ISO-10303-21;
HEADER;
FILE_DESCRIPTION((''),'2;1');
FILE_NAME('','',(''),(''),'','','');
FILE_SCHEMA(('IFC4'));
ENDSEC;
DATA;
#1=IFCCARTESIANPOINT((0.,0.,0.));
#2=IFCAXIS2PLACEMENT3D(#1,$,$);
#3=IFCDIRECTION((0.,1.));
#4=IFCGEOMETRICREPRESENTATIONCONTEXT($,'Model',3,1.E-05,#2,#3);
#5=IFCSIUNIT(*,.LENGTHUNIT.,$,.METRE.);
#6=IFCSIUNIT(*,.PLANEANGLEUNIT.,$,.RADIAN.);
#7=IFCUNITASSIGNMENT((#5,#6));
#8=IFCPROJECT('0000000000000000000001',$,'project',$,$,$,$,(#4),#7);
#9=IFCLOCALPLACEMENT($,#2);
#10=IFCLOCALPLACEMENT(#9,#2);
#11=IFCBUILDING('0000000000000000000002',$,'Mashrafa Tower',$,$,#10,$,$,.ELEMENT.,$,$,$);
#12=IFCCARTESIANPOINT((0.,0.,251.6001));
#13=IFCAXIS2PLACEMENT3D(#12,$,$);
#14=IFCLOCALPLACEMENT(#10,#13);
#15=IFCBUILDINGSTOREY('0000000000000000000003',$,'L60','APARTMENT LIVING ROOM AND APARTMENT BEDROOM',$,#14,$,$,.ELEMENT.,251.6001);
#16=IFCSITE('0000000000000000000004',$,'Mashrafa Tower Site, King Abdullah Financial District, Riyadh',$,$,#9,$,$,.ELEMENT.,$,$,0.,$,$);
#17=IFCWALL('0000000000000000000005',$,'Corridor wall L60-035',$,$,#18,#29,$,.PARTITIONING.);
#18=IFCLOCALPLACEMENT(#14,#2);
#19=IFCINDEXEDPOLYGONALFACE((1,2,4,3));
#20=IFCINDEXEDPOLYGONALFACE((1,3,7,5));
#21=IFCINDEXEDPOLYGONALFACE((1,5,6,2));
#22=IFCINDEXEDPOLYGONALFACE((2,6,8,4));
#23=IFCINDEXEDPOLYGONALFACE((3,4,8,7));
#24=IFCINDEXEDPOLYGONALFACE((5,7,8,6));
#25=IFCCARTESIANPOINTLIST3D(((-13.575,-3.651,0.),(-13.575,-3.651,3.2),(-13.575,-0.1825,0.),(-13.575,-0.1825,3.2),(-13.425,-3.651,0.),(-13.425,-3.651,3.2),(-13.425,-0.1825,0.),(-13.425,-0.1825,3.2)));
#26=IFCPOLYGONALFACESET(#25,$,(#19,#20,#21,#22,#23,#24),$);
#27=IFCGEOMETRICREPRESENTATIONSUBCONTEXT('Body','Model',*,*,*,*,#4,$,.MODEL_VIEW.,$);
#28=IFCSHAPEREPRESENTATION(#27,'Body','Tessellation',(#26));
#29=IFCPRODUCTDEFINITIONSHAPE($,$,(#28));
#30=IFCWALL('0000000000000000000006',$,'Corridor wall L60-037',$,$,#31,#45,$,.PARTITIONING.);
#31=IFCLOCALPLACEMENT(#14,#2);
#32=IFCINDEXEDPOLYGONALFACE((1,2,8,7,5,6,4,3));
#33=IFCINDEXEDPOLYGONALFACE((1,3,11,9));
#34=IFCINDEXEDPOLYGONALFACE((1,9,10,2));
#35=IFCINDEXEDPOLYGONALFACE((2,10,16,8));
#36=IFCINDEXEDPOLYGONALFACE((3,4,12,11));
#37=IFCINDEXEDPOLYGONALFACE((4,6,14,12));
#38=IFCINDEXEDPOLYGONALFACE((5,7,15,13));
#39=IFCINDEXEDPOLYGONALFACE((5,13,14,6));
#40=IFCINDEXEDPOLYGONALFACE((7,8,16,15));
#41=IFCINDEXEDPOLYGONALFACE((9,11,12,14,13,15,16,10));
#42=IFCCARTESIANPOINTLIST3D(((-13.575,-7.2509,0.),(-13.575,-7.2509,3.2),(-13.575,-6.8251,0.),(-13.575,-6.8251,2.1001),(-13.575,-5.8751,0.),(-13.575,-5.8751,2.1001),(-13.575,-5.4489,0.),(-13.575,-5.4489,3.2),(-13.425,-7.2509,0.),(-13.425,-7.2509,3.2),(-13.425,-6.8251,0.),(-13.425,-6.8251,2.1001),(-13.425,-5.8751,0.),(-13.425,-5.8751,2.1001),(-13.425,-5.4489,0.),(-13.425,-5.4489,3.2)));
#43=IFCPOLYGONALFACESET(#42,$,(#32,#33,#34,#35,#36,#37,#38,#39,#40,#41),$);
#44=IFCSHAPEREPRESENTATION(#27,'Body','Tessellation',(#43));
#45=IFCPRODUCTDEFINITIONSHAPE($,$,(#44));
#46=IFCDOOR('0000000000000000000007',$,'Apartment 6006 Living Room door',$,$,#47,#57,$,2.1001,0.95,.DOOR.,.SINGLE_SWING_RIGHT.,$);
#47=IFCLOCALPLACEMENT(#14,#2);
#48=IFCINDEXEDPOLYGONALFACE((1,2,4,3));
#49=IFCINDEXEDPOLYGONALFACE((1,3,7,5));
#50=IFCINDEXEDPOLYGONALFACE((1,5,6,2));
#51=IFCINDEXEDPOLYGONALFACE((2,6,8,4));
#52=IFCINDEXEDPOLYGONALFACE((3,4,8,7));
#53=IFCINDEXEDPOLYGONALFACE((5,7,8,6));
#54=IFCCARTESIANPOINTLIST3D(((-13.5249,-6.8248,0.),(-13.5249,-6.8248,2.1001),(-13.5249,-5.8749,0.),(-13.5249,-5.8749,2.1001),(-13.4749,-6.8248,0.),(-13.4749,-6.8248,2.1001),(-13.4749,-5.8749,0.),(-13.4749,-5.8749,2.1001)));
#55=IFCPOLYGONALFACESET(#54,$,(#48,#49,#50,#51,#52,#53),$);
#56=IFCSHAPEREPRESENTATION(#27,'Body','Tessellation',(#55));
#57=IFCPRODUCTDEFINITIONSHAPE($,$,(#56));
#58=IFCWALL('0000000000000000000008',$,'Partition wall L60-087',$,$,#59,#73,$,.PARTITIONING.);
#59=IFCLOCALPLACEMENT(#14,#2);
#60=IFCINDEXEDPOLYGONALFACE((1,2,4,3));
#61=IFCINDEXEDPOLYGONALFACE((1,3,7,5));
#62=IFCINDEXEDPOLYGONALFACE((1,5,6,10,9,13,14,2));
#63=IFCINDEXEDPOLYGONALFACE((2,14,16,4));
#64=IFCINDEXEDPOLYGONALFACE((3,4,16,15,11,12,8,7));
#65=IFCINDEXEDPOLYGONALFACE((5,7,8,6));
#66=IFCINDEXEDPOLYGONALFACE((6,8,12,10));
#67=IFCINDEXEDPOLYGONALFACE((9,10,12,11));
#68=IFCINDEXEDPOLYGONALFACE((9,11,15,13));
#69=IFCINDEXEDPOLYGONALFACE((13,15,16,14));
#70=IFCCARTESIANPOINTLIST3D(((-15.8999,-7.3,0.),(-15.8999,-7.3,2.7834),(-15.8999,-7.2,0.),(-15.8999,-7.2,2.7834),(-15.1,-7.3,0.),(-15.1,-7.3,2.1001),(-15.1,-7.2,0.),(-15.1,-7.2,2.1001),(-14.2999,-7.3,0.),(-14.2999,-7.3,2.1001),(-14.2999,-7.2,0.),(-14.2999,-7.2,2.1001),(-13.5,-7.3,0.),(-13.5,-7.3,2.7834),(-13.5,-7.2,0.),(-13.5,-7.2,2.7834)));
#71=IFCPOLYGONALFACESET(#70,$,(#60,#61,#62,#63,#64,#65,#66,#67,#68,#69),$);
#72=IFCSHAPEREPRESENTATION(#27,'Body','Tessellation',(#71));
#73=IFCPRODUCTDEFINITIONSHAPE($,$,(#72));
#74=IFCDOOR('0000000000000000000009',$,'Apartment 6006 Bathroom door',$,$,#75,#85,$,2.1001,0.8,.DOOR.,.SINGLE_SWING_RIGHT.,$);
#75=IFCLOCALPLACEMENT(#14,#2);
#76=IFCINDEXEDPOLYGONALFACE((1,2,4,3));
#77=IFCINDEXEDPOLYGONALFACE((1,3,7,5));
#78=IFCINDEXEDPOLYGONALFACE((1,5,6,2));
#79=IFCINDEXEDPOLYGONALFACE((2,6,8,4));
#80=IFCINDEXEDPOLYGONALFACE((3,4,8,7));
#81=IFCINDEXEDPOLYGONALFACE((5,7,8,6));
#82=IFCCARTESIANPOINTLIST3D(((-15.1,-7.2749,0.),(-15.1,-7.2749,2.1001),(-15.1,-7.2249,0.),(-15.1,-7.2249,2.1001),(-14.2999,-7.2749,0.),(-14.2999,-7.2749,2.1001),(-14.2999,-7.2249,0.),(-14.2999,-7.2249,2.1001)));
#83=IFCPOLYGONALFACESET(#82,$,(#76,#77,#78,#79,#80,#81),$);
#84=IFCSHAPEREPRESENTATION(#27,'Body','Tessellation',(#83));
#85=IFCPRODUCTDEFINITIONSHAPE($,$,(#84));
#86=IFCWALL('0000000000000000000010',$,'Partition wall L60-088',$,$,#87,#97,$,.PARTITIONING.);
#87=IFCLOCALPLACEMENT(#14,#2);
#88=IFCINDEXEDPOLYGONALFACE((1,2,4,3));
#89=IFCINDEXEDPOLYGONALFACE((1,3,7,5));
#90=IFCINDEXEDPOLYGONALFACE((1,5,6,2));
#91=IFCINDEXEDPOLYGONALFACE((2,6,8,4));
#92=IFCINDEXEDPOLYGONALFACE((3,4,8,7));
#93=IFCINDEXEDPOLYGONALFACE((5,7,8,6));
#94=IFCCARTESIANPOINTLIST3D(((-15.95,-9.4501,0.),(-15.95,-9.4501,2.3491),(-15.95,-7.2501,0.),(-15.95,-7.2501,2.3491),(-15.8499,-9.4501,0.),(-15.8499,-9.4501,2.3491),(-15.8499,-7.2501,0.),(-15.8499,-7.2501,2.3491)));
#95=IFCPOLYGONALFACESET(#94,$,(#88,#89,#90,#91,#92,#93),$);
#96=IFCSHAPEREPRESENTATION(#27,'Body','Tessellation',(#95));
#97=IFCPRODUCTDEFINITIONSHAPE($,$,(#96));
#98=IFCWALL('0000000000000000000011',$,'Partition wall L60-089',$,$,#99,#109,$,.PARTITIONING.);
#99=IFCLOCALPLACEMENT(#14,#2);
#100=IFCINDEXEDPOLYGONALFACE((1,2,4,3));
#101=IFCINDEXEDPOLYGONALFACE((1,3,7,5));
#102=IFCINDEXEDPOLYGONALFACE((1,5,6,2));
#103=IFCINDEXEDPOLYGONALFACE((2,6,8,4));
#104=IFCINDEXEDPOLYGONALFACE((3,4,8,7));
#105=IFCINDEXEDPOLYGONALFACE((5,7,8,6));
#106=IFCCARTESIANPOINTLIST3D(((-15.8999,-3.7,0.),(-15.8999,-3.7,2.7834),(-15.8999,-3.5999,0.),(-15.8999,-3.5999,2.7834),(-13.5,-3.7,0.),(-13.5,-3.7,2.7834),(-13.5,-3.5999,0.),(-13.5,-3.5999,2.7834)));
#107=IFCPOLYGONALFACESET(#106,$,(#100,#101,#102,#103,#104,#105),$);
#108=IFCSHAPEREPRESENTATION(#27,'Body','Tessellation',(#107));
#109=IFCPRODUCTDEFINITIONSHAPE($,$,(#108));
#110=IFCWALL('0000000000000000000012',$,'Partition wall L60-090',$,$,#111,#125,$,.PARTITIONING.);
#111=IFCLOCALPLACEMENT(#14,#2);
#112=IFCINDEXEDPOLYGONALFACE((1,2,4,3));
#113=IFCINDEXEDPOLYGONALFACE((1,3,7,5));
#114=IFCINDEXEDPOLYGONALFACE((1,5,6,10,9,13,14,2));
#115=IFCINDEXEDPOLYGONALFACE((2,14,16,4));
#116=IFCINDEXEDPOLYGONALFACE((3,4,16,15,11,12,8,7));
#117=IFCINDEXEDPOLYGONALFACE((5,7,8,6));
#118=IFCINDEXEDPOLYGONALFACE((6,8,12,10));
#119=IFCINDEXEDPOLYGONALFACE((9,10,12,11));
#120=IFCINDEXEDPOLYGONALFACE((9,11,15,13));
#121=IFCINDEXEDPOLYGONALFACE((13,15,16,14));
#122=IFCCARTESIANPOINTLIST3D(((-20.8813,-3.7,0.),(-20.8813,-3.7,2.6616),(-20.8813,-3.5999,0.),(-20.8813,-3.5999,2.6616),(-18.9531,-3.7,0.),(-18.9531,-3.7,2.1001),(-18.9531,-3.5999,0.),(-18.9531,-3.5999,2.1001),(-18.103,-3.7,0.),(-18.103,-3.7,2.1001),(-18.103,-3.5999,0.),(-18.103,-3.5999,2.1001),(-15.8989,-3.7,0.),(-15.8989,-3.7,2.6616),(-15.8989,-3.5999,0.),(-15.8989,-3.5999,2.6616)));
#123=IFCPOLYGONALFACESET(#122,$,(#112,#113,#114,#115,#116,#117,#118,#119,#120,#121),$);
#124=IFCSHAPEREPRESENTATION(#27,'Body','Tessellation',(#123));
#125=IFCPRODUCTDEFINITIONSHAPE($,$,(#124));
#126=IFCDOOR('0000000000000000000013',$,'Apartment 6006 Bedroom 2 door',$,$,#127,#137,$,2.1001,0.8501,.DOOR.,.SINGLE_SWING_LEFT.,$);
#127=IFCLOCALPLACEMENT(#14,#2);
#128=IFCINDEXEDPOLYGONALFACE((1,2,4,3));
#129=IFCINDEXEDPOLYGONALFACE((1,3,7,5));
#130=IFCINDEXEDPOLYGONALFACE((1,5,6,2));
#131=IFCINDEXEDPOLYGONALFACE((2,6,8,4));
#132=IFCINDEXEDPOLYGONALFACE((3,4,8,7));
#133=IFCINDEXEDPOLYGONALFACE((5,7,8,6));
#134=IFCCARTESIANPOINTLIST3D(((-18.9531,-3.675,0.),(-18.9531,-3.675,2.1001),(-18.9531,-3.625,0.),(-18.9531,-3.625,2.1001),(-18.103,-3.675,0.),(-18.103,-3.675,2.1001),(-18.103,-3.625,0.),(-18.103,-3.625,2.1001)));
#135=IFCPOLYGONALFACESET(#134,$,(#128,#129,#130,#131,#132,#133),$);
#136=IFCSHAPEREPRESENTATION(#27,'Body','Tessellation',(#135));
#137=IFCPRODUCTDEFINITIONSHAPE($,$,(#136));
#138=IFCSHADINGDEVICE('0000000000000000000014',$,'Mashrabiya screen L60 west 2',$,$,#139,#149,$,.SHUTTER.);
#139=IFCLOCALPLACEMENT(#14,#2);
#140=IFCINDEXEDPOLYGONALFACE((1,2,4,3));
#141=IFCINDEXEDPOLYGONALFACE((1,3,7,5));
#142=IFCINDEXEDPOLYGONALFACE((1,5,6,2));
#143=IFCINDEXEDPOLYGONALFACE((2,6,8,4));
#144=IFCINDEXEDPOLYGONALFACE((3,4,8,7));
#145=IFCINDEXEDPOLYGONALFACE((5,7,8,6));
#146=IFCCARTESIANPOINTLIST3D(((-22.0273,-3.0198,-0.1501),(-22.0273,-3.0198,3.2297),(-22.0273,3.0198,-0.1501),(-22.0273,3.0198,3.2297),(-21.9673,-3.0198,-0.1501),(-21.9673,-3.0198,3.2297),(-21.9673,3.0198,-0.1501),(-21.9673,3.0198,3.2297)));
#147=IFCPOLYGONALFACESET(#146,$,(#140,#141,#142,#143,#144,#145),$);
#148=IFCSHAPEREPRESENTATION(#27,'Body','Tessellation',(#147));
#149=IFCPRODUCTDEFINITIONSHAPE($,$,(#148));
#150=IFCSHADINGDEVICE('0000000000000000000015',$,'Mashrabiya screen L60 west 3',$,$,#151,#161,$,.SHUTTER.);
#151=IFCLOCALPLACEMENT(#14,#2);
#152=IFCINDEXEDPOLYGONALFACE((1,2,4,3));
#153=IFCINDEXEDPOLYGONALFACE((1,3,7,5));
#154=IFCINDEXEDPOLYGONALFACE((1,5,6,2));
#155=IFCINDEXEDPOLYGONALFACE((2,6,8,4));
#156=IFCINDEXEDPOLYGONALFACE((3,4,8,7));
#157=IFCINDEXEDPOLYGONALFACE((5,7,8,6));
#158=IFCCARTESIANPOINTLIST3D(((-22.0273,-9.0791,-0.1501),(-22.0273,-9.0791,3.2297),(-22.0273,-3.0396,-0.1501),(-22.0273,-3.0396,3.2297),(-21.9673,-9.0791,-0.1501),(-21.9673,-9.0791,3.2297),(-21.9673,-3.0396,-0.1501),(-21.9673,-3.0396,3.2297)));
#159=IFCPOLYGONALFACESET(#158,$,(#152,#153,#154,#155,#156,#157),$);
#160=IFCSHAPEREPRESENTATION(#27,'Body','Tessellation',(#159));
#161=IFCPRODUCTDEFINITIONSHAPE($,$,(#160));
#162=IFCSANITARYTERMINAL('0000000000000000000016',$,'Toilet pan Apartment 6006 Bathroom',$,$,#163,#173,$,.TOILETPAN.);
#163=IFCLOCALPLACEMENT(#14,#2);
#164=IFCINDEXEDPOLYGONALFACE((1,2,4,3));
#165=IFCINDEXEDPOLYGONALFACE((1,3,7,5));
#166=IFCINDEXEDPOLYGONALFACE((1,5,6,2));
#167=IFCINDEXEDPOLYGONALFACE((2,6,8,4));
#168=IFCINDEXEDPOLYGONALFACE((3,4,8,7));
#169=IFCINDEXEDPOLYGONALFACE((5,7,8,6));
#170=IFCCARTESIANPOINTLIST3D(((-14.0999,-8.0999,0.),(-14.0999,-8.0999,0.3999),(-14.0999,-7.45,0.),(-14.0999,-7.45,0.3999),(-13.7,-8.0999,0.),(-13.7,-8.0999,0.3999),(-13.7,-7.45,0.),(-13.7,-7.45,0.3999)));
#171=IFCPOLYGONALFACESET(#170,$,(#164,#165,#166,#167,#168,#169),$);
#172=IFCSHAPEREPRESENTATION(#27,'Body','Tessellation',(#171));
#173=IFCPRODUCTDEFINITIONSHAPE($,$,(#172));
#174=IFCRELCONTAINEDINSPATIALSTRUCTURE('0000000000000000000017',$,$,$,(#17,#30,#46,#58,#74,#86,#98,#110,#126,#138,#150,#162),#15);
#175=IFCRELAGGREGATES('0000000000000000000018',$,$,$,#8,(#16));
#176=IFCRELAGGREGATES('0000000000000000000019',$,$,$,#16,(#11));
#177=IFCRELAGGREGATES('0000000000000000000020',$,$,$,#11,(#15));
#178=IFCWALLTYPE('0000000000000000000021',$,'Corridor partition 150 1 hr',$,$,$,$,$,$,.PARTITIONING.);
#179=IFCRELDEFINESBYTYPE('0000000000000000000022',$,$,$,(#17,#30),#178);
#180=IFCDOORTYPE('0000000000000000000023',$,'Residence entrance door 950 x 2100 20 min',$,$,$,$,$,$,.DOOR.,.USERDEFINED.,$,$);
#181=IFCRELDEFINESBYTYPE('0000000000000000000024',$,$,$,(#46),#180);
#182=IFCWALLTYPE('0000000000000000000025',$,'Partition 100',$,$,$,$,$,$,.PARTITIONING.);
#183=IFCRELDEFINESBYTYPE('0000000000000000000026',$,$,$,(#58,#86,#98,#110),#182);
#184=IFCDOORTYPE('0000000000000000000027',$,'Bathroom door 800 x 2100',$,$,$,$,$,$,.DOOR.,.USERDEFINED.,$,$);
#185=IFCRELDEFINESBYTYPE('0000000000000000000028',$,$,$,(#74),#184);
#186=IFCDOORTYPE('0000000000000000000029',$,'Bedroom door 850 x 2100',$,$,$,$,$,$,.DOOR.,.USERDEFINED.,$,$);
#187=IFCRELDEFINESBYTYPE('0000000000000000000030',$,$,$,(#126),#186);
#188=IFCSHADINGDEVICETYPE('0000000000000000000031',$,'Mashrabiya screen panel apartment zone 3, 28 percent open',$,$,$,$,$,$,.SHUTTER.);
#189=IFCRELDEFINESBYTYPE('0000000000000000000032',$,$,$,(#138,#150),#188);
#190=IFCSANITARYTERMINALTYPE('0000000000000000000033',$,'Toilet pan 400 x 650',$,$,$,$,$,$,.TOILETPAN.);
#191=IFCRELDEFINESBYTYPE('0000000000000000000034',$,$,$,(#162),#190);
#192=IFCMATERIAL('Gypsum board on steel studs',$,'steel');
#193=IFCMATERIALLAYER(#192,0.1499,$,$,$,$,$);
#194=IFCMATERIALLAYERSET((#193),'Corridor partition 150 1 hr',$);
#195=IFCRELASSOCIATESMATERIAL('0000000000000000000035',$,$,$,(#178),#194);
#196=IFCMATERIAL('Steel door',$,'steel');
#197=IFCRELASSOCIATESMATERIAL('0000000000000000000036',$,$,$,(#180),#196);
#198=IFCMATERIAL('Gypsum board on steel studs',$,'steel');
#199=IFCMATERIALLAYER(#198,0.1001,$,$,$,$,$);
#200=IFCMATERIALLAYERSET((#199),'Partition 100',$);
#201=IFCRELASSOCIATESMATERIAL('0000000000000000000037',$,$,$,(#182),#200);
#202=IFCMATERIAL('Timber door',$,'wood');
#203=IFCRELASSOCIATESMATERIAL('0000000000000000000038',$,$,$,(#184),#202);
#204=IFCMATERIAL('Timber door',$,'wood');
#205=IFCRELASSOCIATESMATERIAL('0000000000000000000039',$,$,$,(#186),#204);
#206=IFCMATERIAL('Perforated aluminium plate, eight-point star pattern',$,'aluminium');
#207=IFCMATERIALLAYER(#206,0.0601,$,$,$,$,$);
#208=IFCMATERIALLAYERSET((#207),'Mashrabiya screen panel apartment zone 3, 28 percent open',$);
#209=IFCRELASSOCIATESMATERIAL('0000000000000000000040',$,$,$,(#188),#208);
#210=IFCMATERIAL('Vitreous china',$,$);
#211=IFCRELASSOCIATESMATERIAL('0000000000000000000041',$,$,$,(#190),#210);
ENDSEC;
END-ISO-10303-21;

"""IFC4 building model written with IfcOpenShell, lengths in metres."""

from ifc_helpers import new_model, si_unit, direction, frame, frame_2d, origin, origin_2d, place, context, subcontext, project, spatial, rectangle, extrude, source, transform, mapped, material, layer, layer_set, type_object, type_shapes, element, fill, save


model = new_model("IFC4")

# Units and contexts
model_context = context("Model", 3, precision=1e-05, world=origin(), true_north=direction((0.0, 1.0)))
body_context = subcontext(model_context, "Body", "Model", "MODEL_VIEW")
ifc_project = project(units=[si_unit("LENGTHUNIT", "METRE"), si_unit("PLANEANGLEUNIT", "RADIAN")], contexts=[model_context])

# Site, building, storey
site_placement = place(None, origin())
site = spatial("IfcSite", under=ifc_project, at=site_placement, Name="Mashrafa Tower Site, King Abdullah Financial District, Riyadh", CompositionType="ELEMENT", RefElevation=0.0)
building_placement = place(site_placement, origin())
building = spatial("IfcBuilding", under=site, at=building_placement, Name="Mashrafa Tower", CompositionType="ELEMENT")
storey_placement = place(building_placement, frame((0.0, 0.0, 251.6001)))
storey = spatial("IfcBuildingStorey", under=building, at=storey_placement, Name="L60", Description="APARTMENT LIVING ROOM AND APARTMENT BEDROOM", CompositionType="ELEMENT", Elevation=251.6001)

# Wall
ifc_material_1 = material(Name="Gypsum board on steel studs", Category="steel")
ifc_layer_1 = layer(ifc_material_1, 0.1499)
ifc_layer_set_1 = layer_set([ifc_layer_1], Name="Corridor partition 150 1 hr")
wall_type_1 = type_object("IfcWallType", Name="Corridor partition 150 1 hr", PredefinedType="PARTITIONING", material=ifc_layer_set_1)
wall_1_placement = place(storey_placement, frame((-13.5, -0.1824, 0.0), z_axis=(0.0, 0.0, 1.0), x_axis=(0.0, -1.0, 0.0)))
element("IfcWall", 1, at=wall_1_placement, inside=storey, type_object=wall_type_1, Name="Corridor wall L60-035", PredefinedType="PARTITIONING", context=body_context, shape_type="SweptSolid", body=[
    extrude(rectangle(XDim=3.4685, YDim=0.1499, at=frame_2d((1.7344, 0.0))), origin(), (0.0, 0.0, 1.0), 3.2),
])

# Walls, openings, doors
wall_2_placement = place(storey_placement, frame((-13.5, -5.449, 0.0), z_axis=(0.0, 0.0, 1.0), x_axis=(0.0, -1.0, 0.0)))
wall_2 = element("IfcWall", 2, at=wall_2_placement, inside=storey, type_object=wall_type_1, Name="Corridor wall L60-037", PredefinedType="PARTITIONING", context=body_context, shape_type="SweptSolid", body=[
    extrude(rectangle(XDim=1.802, YDim=0.1499, at=frame_2d((0.9009, 0.0))), origin(), (0.0, 0.0, 1.0), 3.2),
])
opening_1_placement = place(wall_2_placement, frame((0.426, 0.0, 0.0)))
opening_1 = element("IfcOpeningElement", 3, at=opening_1_placement, cuts=wall_2, PredefinedType="OPENING", context=body_context, shape_type="SweptSolid", body=[
    extrude(rectangle(XDim=0.95, YDim=2.1001, at=frame_2d((0.4751, 1.05))), frame((0.0, 0.085, 0.0), z_axis=(0.0, -1.0, 0.0), x_axis=(1.0, 0.0, 0.0)), (0.0, 0.0, 1.0), 0.1699),
])
ifc_material_2 = material(Name="Steel door", Category="steel")
door_type_1 = type_object("IfcDoorType", Name="Residence entrance door 950 x 2100 20 min", OperationType="USERDEFINED", PredefinedType="DOOR", material=ifc_material_2)
door_1_placement = place(opening_1_placement, frame((0.95, 0.0, 0.0), z_axis=(0.0, 0.0, 1.0), x_axis=(-1.0, 0.0, 0.0)))
door_1 = element("IfcDoor", 4, at=door_1_placement, inside=storey, type_object=door_type_1, Name="Apartment 6006 Living Room door", OperationType="SINGLE_SWING_RIGHT", OverallHeight=2.1001, OverallWidth=0.95, PredefinedType="DOOR", context=body_context, shape_type="SweptSolid", body=[
    extrude(rectangle(XDim=0.95, YDim=2.1001, at=frame_2d((0.4751, 1.05))), frame((0.0, 0.0249, 0.0), z_axis=(0.0, -1.0, 0.0), x_axis=(1.0, 0.0, 0.0)), (0.0, 0.0, 1.0), 0.05),
])
fill(opening_1, door_1)
ifc_material_3 = material(Name="Gypsum board on steel studs", Category="steel")
ifc_layer_2 = layer(ifc_material_3, 0.1001)
ifc_layer_set_2 = layer_set([ifc_layer_2], Name="Partition 100")
wall_type_2 = type_object("IfcWallType", Name="Partition 100", PredefinedType="PARTITIONING", material=ifc_layer_set_2)
wall_3_placement = place(storey_placement, frame((-13.5, -7.25, 0.0), z_axis=(0.0, 0.0, 1.0), x_axis=(-1.0, 0.0, 0.0)))
wall_3 = element("IfcWall", 5, at=wall_3_placement, inside=storey, type_object=wall_type_2, Name="Partition wall L60-087", PredefinedType="PARTITIONING", context=body_context, shape_type="SweptSolid", body=[
    extrude(rectangle(XDim=2.3999, YDim=0.1001, at=frame_2d((1.2, 0.0))), origin(), (0.0, 0.0, 1.0), 2.7834),
])
opening_2_placement = place(wall_3_placement, frame((0.8, 0.0, 0.0)))
opening_2 = element("IfcOpeningElement", 6, at=opening_2_placement, cuts=wall_3, PredefinedType="OPENING", context=body_context, shape_type="SweptSolid", body=[
    extrude(rectangle(XDim=0.8, YDim=2.1001, at=frame_2d((0.3999, 1.05))), frame((0.0, 0.0601, 0.0), z_axis=(0.0, -1.0, 0.0), x_axis=(1.0, 0.0, 0.0)), (0.0, 0.0, 1.0), 0.1201),
])
ifc_material_4 = material(Name="Timber door", Category="wood")
door_type_2 = type_object("IfcDoorType", Name="Bathroom door 800 x 2100", OperationType="USERDEFINED", PredefinedType="DOOR", material=ifc_material_4)
door_2_placement = place(opening_2_placement, origin())
door_2 = element("IfcDoor", 7, at=door_2_placement, inside=storey, type_object=door_type_2, Name="Apartment 6006 Bathroom door", OperationType="SINGLE_SWING_RIGHT", OverallHeight=2.1001, OverallWidth=0.8, PredefinedType="DOOR", context=body_context, shape_type="SweptSolid", body=[
    extrude(rectangle(XDim=0.8, YDim=2.1001, at=frame_2d((0.3999, 1.05))), frame((0.0, 0.0249, 0.0), z_axis=(0.0, -1.0, 0.0), x_axis=(1.0, 0.0, 0.0)), (0.0, 0.0, 1.0), 0.05),
])
fill(opening_2, door_2)

# Walls
wall_4_placement = place(storey_placement, frame((-15.8999, -7.25, 0.0), z_axis=(0.0, 0.0, 1.0), x_axis=(0.0, -1.0, 0.0)))
element("IfcWall", 8, at=wall_4_placement, inside=storey, type_object=wall_type_2, Name="Partition wall L60-088", PredefinedType="PARTITIONING", context=body_context, shape_type="SweptSolid", body=[
    extrude(rectangle(XDim=2.2, YDim=0.1001, at=frame_2d((1.1001, 0.0))), origin(), (0.0, 0.0, 1.0), 2.3491),
])
wall_5_placement = place(storey_placement, frame((-13.5, -3.6499, 0.0), z_axis=(0.0, 0.0, 1.0), x_axis=(-1.0, 0.0, 0.0)))
element("IfcWall", 9, at=wall_5_placement, inside=storey, type_object=wall_type_2, Name="Partition wall L60-089", PredefinedType="PARTITIONING", context=body_context, shape_type="SweptSolid", body=[
    extrude(rectangle(XDim=2.3999, YDim=0.1001, at=frame_2d((1.2, 0.0))), origin(), (0.0, 0.0, 1.0), 2.7834),
])

# Wall, opening, door
wall_6_placement = place(storey_placement, frame((-20.8813, -3.6499, 0.0), z_axis=(0.0, 0.0, 1.0), x_axis=(1.0, 0.0, 0.0)))
wall_6 = element("IfcWall", 10, at=wall_6_placement, inside=storey, type_object=wall_type_2, Name="Partition wall L60-090", PredefinedType="PARTITIONING", context=body_context, shape_type="SweptSolid", body=[
    extrude(rectangle(XDim=4.9824, YDim=0.1001, at=frame_2d((2.4912, 0.0))), origin(), (0.0, 0.0, 1.0), 2.6616),
])
opening_3_placement = place(wall_6_placement, frame((1.9282, 0.0, 0.0)))
opening_3 = element("IfcOpeningElement", 11, at=opening_3_placement, cuts=wall_6, PredefinedType="OPENING", context=body_context, shape_type="SweptSolid", body=[
    extrude(rectangle(XDim=0.8501, YDim=2.1001, at=frame_2d((0.425, 1.05))), frame((0.0, 0.0601, 0.0), z_axis=(0.0, -1.0, 0.0), x_axis=(1.0, 0.0, 0.0)), (0.0, 0.0, 1.0), 0.1201),
])
ifc_material_5 = material(Name="Timber door", Category="wood")
door_type_3 = type_object("IfcDoorType", Name="Bedroom door 850 x 2100", OperationType="USERDEFINED", PredefinedType="DOOR", material=ifc_material_5)
door_3_placement = place(opening_3_placement, origin())
door_3 = element("IfcDoor", 12, at=door_3_placement, inside=storey, type_object=door_type_3, Name="Apartment 6006 Bedroom 2 door", OperationType="SINGLE_SWING_LEFT", OverallHeight=2.1001, OverallWidth=0.8501, PredefinedType="DOOR", context=body_context, shape_type="SweptSolid", body=[
    extrude(rectangle(XDim=0.8501, YDim=2.1001, at=frame_2d((0.425, 1.05))), frame((0.0, 0.0249, 0.0), z_axis=(0.0, -1.0, 0.0), x_axis=(1.0, 0.0, 0.0)), (0.0, 0.0, 1.0), 0.05),
])
fill(opening_3, door_3)

# Shading devices
ifc_material_6 = material(Name="Perforated aluminium plate, eight-point star pattern", Category="aluminium")
ifc_layer_3 = layer(ifc_material_6, 0.0601)
ifc_layer_set_3 = layer_set([ifc_layer_3], Name="Mashrabiya screen panel apartment zone 3, 28 percent open")
shading_device_type = type_object("IfcShadingDeviceType", Name="Mashrabiya screen panel apartment zone 3, 28 percent open", PredefinedType="SHUTTER", material=ifc_layer_set_3)
shared_shape_1 = source(origin(), body_context, "Body", "SweptSolid", [
    extrude(rectangle(XDim=6.0396, YDim=0.0601, at=origin_2d()), origin(), (0.0, 0.0, 1.0), 3.3799),
])
type_shapes(shading_device_type, [shared_shape_1])
for number, where, z_axis, x_axis, name in (
    (13, (-21.9973, 0.0, -0.1501), (0.0, 0.0, 1.0), (0.0, -1.0, 0.0), "Mashrabiya screen L60 west 2"),
    (14, (-21.9973, -6.0593, -0.1501), (0.0, 0.0, 1.0), (0.0, -1.0, 0.0), "Mashrabiya screen L60 west 3"),
):
    element("IfcShadingDevice", number, at=place(storey_placement, frame(where, z_axis=z_axis, x_axis=x_axis)), inside=storey, type_object=shading_device_type, Name=name, PredefinedType="SHUTTER", context=body_context, shape_type="MappedRepresentation", body=[
        mapped(shared_shape_1, transform((0.0, 0.0, 0.0))),
    ])

# Sanitary terminal
ifc_material_7 = material(Name="Vitreous china")
sanitary_terminal_type_1 = type_object("IfcSanitaryTerminalType", Name="Toilet pan 400 x 650", PredefinedType="TOILETPAN", material=ifc_material_7)
sanitary_terminal_1_placement = place(storey_placement, frame((-13.8999, -7.7749, 0.0), z_axis=(0.0, 0.0, 1.0), x_axis=(-1.0, 0.0, 0.0)))
element("IfcSanitaryTerminal", 15, at=sanitary_terminal_1_placement, inside=storey, type_object=sanitary_terminal_type_1, Name="Toilet pan Apartment 6006 Bathroom", PredefinedType="TOILETPAN", context=body_context, shape_type="SweptSolid", body=[
    extrude(rectangle(XDim=0.3999, YDim=0.6499, at=origin_2d()), origin(), (0.0, 0.0, 1.0), 0.3999),
])

save(model, "model.ifc")
